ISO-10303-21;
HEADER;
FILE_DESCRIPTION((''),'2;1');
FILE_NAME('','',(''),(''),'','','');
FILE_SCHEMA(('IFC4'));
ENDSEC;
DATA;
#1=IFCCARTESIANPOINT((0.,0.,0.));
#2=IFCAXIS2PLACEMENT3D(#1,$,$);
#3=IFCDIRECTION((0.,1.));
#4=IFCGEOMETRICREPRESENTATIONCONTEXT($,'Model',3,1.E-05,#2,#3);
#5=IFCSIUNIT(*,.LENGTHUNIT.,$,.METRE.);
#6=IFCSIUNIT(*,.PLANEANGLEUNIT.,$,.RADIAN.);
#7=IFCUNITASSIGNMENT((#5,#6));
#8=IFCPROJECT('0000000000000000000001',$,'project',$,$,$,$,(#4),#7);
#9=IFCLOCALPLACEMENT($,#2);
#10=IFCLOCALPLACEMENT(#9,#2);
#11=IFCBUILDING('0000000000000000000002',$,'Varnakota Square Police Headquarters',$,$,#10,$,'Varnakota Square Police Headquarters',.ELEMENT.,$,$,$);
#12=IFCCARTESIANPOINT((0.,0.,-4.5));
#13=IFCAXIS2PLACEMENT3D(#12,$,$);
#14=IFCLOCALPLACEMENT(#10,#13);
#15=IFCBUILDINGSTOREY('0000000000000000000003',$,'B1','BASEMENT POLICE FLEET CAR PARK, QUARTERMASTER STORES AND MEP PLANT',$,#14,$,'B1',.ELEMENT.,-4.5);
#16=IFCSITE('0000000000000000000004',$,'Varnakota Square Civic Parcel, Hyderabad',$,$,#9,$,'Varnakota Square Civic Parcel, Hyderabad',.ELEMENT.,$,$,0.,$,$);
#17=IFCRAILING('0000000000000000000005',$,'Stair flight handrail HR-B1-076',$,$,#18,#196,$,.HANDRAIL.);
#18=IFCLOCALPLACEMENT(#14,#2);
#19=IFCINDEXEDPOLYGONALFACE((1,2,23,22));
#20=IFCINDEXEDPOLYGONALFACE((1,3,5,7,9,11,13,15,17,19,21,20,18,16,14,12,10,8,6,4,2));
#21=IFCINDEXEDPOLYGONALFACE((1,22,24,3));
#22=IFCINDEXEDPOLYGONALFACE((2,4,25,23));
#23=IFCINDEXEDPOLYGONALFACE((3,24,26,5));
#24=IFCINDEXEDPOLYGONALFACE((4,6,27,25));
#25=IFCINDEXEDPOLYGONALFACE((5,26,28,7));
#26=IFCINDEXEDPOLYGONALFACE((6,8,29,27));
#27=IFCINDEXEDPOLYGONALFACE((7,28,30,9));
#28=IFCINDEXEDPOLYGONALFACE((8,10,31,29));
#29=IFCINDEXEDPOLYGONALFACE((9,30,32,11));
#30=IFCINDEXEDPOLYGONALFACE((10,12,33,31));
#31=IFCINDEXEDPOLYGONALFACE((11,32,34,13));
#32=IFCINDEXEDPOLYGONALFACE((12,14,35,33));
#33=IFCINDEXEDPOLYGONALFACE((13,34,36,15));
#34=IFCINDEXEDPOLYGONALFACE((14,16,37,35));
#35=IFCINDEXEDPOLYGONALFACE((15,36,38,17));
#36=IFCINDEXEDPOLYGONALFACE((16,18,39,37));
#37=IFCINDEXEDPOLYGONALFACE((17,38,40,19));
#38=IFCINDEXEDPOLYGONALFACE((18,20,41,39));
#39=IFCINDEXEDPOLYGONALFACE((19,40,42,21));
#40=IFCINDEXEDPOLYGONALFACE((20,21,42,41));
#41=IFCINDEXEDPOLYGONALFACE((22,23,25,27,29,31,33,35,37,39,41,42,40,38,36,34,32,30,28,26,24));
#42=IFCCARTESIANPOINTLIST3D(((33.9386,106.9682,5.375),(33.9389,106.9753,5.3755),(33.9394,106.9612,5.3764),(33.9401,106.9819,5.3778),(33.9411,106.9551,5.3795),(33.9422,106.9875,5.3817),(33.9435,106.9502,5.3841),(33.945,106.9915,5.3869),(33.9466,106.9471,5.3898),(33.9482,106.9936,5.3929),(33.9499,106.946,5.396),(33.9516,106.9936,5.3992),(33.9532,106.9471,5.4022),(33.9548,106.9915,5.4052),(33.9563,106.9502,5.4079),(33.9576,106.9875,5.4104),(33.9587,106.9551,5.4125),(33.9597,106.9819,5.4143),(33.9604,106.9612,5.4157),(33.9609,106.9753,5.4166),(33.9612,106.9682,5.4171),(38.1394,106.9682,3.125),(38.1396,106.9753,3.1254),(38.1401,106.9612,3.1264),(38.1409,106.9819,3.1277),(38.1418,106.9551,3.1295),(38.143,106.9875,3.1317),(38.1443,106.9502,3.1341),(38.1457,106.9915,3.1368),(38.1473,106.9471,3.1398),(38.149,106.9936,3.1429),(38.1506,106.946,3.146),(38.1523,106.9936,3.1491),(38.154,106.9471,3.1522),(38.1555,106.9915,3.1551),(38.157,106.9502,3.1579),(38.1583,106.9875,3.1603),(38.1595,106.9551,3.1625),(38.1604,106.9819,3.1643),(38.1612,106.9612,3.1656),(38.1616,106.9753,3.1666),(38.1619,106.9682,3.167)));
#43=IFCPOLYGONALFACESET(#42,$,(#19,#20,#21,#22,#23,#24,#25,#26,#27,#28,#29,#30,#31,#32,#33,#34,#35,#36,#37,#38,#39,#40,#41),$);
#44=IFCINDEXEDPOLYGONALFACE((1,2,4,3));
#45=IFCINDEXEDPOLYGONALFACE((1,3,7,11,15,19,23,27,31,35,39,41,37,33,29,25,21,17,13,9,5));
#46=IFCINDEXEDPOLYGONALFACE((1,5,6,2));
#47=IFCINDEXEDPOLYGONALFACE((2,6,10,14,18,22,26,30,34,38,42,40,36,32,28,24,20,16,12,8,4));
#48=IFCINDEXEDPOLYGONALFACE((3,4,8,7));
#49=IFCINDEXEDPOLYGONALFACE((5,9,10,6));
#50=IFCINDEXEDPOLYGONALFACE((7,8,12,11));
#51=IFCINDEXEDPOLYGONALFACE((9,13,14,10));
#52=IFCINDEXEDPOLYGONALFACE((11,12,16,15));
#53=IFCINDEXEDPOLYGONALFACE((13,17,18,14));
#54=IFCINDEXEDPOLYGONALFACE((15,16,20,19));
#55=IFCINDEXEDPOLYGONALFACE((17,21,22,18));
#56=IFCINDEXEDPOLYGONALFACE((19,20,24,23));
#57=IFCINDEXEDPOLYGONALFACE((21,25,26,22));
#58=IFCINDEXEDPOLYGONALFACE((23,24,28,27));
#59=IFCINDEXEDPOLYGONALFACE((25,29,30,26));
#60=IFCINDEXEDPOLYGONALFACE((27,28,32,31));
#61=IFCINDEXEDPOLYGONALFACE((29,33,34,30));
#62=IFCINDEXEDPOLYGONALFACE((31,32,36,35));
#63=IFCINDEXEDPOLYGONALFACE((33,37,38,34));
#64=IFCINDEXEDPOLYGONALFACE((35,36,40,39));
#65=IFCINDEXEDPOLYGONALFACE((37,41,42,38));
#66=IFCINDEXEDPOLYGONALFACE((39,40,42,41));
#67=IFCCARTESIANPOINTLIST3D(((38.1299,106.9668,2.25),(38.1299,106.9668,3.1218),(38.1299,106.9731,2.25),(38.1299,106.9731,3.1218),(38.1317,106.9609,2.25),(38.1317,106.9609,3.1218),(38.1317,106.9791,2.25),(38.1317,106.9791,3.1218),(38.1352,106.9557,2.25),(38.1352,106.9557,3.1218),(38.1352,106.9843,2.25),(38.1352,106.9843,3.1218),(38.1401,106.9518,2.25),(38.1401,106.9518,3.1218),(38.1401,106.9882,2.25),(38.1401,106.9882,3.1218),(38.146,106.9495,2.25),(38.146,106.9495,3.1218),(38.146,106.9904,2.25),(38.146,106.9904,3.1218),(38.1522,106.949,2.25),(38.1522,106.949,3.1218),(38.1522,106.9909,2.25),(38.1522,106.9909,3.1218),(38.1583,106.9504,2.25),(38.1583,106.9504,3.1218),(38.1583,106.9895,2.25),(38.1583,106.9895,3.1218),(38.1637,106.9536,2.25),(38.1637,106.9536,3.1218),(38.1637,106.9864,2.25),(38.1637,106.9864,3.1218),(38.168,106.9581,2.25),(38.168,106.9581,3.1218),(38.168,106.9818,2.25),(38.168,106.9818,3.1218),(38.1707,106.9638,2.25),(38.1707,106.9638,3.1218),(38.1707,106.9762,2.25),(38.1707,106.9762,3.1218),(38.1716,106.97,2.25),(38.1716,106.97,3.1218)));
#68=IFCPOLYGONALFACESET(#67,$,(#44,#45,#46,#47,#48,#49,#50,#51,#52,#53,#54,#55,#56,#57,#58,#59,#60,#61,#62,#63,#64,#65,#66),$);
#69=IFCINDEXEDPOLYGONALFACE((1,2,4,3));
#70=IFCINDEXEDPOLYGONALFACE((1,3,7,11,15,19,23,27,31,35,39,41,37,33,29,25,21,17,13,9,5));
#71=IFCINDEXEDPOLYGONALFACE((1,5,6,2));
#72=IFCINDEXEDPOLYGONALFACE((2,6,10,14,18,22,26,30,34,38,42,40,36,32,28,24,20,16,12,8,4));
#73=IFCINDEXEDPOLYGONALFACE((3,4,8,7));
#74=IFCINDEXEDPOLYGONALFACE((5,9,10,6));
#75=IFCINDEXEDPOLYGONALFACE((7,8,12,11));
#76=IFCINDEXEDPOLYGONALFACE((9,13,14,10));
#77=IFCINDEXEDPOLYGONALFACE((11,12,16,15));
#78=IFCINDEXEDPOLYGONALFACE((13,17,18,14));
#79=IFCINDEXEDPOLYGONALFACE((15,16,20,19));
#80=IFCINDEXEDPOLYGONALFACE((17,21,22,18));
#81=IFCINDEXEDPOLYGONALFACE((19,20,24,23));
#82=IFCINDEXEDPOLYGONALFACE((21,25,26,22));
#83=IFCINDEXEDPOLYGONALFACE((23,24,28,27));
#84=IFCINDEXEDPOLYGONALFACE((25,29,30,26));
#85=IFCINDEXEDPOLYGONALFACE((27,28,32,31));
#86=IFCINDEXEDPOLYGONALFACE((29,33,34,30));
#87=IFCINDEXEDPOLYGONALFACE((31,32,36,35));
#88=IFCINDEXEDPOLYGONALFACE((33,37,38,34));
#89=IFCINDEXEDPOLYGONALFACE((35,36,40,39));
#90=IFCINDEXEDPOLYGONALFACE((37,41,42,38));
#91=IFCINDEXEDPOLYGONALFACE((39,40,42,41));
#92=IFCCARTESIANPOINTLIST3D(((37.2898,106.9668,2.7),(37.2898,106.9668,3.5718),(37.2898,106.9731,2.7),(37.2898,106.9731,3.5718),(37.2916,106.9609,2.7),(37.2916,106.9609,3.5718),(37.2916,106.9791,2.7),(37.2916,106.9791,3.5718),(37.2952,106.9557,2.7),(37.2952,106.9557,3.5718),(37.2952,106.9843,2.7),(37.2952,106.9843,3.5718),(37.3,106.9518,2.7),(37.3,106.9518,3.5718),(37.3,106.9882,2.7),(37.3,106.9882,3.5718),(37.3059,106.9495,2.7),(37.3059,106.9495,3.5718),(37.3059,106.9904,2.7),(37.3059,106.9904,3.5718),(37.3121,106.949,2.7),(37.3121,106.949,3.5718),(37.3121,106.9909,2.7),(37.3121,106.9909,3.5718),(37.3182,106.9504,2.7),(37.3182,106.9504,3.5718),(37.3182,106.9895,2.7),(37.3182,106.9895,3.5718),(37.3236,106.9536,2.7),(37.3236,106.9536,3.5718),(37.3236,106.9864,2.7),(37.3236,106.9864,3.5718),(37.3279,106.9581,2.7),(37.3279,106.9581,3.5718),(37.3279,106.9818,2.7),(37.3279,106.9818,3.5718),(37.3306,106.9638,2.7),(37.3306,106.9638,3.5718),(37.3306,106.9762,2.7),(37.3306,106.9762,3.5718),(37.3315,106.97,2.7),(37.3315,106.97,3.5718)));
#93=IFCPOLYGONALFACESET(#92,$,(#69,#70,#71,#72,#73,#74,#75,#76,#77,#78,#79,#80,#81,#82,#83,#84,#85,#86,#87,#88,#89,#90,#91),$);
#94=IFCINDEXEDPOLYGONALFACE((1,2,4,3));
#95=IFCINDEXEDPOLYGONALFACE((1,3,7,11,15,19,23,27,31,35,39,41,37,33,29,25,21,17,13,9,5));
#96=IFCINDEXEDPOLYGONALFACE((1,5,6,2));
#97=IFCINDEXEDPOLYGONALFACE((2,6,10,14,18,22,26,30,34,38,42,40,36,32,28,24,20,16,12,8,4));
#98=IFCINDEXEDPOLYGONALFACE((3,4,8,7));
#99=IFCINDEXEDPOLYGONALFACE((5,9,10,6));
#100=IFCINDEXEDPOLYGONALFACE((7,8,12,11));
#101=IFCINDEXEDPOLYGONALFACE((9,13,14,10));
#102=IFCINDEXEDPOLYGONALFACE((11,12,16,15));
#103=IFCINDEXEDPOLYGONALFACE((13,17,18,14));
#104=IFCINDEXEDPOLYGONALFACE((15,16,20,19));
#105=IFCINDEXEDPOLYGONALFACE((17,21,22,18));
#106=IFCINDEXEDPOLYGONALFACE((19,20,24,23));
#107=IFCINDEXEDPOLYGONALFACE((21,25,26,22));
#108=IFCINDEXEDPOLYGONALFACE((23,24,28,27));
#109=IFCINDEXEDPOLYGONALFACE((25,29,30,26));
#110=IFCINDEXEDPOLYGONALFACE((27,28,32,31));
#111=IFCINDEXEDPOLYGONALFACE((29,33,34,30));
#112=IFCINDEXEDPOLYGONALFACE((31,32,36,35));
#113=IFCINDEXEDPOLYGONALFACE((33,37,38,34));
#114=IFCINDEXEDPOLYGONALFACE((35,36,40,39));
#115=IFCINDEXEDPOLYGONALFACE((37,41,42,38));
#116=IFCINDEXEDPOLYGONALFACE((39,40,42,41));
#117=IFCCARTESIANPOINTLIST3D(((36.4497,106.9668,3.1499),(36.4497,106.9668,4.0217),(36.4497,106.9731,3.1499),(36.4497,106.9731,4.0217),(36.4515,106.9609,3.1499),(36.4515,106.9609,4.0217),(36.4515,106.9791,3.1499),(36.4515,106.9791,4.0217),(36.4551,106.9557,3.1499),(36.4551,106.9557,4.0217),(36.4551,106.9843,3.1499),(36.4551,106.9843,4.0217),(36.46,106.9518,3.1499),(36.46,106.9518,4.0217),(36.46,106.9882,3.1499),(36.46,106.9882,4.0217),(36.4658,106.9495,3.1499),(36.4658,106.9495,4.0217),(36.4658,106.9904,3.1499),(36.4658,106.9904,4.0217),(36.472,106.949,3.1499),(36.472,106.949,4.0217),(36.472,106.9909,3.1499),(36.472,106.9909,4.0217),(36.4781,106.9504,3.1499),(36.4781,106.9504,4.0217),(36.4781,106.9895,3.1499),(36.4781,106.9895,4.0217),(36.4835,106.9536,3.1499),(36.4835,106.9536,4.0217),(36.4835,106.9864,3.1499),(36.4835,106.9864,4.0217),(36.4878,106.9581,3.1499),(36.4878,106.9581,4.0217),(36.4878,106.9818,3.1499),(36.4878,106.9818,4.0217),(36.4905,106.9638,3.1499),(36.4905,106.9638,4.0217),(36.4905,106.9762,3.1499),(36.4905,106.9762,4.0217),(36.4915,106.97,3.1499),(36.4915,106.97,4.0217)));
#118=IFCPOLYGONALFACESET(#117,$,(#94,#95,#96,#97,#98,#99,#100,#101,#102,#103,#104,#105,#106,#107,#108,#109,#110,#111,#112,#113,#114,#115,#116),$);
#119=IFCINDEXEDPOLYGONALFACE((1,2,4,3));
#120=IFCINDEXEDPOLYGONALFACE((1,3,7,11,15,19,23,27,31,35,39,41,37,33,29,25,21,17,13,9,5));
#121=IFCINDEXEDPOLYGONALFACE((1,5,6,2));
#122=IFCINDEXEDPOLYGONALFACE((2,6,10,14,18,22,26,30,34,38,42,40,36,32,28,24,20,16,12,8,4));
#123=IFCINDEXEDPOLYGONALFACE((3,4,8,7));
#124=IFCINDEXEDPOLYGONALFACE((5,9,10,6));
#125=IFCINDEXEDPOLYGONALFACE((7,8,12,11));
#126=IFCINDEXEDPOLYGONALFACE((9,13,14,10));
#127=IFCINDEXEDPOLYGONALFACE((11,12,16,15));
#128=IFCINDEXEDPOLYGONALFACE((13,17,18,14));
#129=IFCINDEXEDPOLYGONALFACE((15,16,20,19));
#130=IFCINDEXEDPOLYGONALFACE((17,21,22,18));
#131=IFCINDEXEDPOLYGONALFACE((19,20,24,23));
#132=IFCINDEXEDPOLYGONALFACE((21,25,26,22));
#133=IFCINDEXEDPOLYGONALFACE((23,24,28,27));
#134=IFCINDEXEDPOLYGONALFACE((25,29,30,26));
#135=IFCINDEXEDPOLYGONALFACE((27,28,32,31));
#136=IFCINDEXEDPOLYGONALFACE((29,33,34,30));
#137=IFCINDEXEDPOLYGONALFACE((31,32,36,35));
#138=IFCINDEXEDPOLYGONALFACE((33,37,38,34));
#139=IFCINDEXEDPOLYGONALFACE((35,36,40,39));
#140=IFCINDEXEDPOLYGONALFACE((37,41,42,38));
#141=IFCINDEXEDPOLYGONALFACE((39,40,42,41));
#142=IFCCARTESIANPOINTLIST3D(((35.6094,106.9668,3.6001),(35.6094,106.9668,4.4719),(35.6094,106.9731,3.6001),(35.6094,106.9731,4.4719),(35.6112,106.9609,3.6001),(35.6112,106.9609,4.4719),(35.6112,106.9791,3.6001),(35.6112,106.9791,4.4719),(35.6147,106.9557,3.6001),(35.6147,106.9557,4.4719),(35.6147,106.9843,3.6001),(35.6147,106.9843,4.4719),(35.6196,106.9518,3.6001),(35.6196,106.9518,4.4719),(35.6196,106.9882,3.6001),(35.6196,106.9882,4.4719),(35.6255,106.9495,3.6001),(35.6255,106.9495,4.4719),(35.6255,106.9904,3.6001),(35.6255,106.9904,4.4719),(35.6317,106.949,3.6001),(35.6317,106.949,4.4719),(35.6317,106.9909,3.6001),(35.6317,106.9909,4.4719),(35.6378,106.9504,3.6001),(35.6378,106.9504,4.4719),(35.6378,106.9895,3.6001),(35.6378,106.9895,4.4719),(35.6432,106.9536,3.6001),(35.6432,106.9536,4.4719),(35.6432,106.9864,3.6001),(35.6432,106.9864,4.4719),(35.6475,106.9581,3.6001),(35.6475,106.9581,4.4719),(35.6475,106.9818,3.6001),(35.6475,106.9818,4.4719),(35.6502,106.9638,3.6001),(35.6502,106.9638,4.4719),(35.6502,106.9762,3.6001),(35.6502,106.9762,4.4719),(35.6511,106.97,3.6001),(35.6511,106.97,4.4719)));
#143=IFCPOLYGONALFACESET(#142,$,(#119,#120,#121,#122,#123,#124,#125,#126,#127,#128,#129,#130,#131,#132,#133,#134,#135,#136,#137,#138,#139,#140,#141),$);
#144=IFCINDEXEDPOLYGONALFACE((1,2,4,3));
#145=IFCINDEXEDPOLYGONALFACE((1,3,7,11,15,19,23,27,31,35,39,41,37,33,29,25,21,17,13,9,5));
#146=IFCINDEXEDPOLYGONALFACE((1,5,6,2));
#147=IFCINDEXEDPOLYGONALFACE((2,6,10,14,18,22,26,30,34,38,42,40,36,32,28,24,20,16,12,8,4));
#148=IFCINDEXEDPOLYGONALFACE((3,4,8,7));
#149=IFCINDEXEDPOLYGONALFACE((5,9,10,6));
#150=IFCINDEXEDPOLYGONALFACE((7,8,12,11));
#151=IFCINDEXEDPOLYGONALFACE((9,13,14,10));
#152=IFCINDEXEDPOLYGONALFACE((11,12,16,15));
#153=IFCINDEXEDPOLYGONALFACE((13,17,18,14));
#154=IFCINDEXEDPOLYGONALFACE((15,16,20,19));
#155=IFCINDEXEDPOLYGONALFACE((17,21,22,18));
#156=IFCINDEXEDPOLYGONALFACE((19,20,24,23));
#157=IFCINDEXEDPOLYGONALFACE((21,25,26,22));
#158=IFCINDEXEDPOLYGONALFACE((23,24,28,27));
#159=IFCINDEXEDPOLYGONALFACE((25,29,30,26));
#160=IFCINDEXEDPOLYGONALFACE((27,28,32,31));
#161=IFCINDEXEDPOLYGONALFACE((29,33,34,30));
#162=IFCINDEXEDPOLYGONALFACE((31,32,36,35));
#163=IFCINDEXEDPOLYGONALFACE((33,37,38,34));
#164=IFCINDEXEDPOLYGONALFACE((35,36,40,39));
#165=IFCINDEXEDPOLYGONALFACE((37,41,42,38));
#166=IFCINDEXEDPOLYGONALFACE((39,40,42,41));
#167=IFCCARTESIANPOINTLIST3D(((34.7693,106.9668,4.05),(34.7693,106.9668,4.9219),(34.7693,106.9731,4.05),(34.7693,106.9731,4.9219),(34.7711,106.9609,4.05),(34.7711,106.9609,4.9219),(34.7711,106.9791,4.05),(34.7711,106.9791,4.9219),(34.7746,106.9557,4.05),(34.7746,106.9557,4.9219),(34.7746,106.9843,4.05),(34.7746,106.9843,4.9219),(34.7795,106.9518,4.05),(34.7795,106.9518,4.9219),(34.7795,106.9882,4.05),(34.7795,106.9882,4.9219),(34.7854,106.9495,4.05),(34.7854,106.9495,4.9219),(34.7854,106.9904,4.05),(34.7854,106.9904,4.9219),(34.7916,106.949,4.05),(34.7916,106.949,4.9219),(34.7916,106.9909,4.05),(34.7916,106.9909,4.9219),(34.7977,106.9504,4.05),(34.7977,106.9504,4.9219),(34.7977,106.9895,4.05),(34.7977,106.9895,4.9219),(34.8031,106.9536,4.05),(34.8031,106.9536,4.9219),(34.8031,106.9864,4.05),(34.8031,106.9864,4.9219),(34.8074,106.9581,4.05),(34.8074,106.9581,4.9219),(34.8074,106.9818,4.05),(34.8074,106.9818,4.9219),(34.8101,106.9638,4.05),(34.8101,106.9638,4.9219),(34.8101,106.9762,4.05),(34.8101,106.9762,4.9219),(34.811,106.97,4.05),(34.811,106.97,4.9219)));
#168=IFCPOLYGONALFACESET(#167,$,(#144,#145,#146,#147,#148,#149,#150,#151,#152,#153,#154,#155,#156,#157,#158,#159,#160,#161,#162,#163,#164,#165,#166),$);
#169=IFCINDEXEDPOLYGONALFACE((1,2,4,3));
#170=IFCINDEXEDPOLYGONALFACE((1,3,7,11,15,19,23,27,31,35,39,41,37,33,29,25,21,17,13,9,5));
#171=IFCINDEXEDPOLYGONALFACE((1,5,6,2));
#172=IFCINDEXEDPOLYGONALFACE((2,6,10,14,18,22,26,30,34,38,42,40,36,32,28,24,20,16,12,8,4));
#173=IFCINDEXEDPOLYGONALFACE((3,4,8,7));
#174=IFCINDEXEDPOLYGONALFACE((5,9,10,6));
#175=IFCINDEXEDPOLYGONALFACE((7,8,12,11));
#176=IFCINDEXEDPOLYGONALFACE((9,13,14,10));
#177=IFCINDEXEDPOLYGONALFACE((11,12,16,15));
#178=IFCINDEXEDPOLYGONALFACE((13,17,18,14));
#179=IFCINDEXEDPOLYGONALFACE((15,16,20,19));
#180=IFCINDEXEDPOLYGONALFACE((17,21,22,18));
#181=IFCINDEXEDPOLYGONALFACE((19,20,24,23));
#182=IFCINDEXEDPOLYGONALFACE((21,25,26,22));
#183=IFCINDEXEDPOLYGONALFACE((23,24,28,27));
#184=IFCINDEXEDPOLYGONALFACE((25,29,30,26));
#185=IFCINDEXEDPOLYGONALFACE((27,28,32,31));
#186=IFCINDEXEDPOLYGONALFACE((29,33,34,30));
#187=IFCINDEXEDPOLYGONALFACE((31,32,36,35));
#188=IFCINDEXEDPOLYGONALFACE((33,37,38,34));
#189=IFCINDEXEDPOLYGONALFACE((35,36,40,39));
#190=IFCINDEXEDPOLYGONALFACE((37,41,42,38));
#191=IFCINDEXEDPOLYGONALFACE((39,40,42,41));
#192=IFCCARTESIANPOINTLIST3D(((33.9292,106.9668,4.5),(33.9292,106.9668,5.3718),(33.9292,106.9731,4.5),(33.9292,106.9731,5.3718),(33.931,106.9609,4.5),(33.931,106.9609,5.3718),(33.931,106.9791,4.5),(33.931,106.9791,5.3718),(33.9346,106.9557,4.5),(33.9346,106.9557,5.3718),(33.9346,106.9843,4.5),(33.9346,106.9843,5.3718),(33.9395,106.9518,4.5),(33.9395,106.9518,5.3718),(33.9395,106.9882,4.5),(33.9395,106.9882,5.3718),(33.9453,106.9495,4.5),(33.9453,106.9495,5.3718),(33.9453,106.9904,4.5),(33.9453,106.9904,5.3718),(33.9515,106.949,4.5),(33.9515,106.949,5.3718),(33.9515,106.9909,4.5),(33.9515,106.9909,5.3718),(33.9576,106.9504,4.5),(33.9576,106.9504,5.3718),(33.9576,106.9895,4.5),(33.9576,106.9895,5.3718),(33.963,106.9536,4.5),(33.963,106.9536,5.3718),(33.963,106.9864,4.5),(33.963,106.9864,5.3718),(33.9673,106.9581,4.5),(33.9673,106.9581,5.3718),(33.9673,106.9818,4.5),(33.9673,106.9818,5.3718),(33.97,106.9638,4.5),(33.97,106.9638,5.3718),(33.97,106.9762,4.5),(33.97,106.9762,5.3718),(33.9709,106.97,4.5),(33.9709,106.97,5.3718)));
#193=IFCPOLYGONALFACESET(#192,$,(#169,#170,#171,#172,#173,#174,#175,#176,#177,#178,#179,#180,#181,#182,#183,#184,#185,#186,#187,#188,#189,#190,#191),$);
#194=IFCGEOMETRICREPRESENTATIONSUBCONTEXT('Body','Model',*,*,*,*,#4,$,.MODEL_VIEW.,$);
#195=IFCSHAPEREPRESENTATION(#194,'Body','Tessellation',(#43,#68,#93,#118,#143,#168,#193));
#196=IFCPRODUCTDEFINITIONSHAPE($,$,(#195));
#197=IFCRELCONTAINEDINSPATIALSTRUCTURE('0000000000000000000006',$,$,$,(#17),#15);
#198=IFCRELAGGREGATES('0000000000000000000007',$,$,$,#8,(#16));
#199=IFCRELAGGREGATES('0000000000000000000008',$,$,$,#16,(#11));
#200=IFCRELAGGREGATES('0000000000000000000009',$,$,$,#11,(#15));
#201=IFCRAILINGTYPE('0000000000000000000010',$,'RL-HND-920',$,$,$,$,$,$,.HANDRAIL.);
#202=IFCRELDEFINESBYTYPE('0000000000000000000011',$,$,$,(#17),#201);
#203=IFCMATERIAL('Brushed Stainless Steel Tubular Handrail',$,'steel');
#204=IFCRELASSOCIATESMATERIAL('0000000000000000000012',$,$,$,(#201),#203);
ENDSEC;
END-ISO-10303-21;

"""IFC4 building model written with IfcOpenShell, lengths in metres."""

from ifc_helpers import new_model, si_unit, direction, frame, origin, origin_2d, place, context, subcontext, project, spatial, circle, extrude, material, type_object, element, save


model = new_model("IFC4")

# Units and contexts
model_context = context("Model", 3, precision=1e-05, world=origin(), true_north=direction((0.0, 1.0)))
body_context = subcontext(model_context, "Body", "Model", "MODEL_VIEW")
ifc_project = project(units=[si_unit("LENGTHUNIT", "METRE"), si_unit("PLANEANGLEUNIT", "RADIAN")], contexts=[model_context])

# Site, building, storey
site_placement = place(None, origin())
site = spatial("IfcSite", under=ifc_project, at=site_placement, Name="Varnakota Square Civic Parcel, Hyderabad", LongName="Varnakota Square Civic Parcel, Hyderabad", CompositionType="ELEMENT", RefElevation=0.0)
building_placement = place(site_placement, origin())
building = spatial("IfcBuilding", under=site, at=building_placement, Name="Varnakota Square Police Headquarters", LongName="Varnakota Square Police Headquarters", CompositionType="ELEMENT")
storey_placement = place(building_placement, frame((0.0, 0.0, -4.5)))
storey = spatial("IfcBuildingStorey", under=building, at=storey_placement, Name="B1", Description="BASEMENT POLICE FLEET CAR PARK, QUARTERMASTER STORES AND MEP PLANT", LongName="B1", CompositionType="ELEMENT", Elevation=-4.5)

# Railing
ifc_material_1 = material(Name="Brushed Stainless Steel Tubular Handrail", Category="steel")
railing_type_1 = type_object("IfcRailingType", Name="RL-HND-920", PredefinedType="HANDRAIL", material=ifc_material_1)
railing_1_placement = place(storey_placement, frame((38.1506, 106.97, 2.25)))
element("IfcRailing", 1, at=railing_1_placement, inside=storey, type_object=railing_type_1, Name="Stair flight handrail HR-B1-076", PredefinedType="HANDRAIL", context=body_context, shape_type="SweptSolid", body=[
    extrude(circle(Radius=0.0239, at=origin_2d()), frame((0.0, 0.0, 0.896), z_axis=(-0.881512, 0.0, 0.472162), x_axis=(0.0, -1.0, 0.0)), (0.0, 0.0, 1.0), 4.7654),
    extrude(circle(Radius=0.021, at=origin_2d()), origin(), (0.0, 0.0, 1.0), 0.8718),
    extrude(circle(Radius=0.021, at=origin_2d()), frame((-0.8401, 0.0, 0.45)), (0.0, 0.0, 1.0), 0.8718),
    extrude(circle(Radius=0.021, at=origin_2d()), frame((-1.6802, 0.0, 0.8999)), (0.0, 0.0, 1.0), 0.8718),
    extrude(circle(Radius=0.021, at=origin_2d()), frame((-2.5205, 0.0, 1.3501)), (0.0, 0.0, 1.0), 0.8718),
    extrude(circle(Radius=0.021, at=origin_2d()), frame((-3.3606, 0.0, 1.8)), (0.0, 0.0, 1.0), 0.8718),
    extrude(circle(Radius=0.021, at=origin_2d()), frame((-4.2007, 0.0, 2.25)), (0.0, 0.0, 1.0), 0.8718),
])

save(model, "model.ifc")
